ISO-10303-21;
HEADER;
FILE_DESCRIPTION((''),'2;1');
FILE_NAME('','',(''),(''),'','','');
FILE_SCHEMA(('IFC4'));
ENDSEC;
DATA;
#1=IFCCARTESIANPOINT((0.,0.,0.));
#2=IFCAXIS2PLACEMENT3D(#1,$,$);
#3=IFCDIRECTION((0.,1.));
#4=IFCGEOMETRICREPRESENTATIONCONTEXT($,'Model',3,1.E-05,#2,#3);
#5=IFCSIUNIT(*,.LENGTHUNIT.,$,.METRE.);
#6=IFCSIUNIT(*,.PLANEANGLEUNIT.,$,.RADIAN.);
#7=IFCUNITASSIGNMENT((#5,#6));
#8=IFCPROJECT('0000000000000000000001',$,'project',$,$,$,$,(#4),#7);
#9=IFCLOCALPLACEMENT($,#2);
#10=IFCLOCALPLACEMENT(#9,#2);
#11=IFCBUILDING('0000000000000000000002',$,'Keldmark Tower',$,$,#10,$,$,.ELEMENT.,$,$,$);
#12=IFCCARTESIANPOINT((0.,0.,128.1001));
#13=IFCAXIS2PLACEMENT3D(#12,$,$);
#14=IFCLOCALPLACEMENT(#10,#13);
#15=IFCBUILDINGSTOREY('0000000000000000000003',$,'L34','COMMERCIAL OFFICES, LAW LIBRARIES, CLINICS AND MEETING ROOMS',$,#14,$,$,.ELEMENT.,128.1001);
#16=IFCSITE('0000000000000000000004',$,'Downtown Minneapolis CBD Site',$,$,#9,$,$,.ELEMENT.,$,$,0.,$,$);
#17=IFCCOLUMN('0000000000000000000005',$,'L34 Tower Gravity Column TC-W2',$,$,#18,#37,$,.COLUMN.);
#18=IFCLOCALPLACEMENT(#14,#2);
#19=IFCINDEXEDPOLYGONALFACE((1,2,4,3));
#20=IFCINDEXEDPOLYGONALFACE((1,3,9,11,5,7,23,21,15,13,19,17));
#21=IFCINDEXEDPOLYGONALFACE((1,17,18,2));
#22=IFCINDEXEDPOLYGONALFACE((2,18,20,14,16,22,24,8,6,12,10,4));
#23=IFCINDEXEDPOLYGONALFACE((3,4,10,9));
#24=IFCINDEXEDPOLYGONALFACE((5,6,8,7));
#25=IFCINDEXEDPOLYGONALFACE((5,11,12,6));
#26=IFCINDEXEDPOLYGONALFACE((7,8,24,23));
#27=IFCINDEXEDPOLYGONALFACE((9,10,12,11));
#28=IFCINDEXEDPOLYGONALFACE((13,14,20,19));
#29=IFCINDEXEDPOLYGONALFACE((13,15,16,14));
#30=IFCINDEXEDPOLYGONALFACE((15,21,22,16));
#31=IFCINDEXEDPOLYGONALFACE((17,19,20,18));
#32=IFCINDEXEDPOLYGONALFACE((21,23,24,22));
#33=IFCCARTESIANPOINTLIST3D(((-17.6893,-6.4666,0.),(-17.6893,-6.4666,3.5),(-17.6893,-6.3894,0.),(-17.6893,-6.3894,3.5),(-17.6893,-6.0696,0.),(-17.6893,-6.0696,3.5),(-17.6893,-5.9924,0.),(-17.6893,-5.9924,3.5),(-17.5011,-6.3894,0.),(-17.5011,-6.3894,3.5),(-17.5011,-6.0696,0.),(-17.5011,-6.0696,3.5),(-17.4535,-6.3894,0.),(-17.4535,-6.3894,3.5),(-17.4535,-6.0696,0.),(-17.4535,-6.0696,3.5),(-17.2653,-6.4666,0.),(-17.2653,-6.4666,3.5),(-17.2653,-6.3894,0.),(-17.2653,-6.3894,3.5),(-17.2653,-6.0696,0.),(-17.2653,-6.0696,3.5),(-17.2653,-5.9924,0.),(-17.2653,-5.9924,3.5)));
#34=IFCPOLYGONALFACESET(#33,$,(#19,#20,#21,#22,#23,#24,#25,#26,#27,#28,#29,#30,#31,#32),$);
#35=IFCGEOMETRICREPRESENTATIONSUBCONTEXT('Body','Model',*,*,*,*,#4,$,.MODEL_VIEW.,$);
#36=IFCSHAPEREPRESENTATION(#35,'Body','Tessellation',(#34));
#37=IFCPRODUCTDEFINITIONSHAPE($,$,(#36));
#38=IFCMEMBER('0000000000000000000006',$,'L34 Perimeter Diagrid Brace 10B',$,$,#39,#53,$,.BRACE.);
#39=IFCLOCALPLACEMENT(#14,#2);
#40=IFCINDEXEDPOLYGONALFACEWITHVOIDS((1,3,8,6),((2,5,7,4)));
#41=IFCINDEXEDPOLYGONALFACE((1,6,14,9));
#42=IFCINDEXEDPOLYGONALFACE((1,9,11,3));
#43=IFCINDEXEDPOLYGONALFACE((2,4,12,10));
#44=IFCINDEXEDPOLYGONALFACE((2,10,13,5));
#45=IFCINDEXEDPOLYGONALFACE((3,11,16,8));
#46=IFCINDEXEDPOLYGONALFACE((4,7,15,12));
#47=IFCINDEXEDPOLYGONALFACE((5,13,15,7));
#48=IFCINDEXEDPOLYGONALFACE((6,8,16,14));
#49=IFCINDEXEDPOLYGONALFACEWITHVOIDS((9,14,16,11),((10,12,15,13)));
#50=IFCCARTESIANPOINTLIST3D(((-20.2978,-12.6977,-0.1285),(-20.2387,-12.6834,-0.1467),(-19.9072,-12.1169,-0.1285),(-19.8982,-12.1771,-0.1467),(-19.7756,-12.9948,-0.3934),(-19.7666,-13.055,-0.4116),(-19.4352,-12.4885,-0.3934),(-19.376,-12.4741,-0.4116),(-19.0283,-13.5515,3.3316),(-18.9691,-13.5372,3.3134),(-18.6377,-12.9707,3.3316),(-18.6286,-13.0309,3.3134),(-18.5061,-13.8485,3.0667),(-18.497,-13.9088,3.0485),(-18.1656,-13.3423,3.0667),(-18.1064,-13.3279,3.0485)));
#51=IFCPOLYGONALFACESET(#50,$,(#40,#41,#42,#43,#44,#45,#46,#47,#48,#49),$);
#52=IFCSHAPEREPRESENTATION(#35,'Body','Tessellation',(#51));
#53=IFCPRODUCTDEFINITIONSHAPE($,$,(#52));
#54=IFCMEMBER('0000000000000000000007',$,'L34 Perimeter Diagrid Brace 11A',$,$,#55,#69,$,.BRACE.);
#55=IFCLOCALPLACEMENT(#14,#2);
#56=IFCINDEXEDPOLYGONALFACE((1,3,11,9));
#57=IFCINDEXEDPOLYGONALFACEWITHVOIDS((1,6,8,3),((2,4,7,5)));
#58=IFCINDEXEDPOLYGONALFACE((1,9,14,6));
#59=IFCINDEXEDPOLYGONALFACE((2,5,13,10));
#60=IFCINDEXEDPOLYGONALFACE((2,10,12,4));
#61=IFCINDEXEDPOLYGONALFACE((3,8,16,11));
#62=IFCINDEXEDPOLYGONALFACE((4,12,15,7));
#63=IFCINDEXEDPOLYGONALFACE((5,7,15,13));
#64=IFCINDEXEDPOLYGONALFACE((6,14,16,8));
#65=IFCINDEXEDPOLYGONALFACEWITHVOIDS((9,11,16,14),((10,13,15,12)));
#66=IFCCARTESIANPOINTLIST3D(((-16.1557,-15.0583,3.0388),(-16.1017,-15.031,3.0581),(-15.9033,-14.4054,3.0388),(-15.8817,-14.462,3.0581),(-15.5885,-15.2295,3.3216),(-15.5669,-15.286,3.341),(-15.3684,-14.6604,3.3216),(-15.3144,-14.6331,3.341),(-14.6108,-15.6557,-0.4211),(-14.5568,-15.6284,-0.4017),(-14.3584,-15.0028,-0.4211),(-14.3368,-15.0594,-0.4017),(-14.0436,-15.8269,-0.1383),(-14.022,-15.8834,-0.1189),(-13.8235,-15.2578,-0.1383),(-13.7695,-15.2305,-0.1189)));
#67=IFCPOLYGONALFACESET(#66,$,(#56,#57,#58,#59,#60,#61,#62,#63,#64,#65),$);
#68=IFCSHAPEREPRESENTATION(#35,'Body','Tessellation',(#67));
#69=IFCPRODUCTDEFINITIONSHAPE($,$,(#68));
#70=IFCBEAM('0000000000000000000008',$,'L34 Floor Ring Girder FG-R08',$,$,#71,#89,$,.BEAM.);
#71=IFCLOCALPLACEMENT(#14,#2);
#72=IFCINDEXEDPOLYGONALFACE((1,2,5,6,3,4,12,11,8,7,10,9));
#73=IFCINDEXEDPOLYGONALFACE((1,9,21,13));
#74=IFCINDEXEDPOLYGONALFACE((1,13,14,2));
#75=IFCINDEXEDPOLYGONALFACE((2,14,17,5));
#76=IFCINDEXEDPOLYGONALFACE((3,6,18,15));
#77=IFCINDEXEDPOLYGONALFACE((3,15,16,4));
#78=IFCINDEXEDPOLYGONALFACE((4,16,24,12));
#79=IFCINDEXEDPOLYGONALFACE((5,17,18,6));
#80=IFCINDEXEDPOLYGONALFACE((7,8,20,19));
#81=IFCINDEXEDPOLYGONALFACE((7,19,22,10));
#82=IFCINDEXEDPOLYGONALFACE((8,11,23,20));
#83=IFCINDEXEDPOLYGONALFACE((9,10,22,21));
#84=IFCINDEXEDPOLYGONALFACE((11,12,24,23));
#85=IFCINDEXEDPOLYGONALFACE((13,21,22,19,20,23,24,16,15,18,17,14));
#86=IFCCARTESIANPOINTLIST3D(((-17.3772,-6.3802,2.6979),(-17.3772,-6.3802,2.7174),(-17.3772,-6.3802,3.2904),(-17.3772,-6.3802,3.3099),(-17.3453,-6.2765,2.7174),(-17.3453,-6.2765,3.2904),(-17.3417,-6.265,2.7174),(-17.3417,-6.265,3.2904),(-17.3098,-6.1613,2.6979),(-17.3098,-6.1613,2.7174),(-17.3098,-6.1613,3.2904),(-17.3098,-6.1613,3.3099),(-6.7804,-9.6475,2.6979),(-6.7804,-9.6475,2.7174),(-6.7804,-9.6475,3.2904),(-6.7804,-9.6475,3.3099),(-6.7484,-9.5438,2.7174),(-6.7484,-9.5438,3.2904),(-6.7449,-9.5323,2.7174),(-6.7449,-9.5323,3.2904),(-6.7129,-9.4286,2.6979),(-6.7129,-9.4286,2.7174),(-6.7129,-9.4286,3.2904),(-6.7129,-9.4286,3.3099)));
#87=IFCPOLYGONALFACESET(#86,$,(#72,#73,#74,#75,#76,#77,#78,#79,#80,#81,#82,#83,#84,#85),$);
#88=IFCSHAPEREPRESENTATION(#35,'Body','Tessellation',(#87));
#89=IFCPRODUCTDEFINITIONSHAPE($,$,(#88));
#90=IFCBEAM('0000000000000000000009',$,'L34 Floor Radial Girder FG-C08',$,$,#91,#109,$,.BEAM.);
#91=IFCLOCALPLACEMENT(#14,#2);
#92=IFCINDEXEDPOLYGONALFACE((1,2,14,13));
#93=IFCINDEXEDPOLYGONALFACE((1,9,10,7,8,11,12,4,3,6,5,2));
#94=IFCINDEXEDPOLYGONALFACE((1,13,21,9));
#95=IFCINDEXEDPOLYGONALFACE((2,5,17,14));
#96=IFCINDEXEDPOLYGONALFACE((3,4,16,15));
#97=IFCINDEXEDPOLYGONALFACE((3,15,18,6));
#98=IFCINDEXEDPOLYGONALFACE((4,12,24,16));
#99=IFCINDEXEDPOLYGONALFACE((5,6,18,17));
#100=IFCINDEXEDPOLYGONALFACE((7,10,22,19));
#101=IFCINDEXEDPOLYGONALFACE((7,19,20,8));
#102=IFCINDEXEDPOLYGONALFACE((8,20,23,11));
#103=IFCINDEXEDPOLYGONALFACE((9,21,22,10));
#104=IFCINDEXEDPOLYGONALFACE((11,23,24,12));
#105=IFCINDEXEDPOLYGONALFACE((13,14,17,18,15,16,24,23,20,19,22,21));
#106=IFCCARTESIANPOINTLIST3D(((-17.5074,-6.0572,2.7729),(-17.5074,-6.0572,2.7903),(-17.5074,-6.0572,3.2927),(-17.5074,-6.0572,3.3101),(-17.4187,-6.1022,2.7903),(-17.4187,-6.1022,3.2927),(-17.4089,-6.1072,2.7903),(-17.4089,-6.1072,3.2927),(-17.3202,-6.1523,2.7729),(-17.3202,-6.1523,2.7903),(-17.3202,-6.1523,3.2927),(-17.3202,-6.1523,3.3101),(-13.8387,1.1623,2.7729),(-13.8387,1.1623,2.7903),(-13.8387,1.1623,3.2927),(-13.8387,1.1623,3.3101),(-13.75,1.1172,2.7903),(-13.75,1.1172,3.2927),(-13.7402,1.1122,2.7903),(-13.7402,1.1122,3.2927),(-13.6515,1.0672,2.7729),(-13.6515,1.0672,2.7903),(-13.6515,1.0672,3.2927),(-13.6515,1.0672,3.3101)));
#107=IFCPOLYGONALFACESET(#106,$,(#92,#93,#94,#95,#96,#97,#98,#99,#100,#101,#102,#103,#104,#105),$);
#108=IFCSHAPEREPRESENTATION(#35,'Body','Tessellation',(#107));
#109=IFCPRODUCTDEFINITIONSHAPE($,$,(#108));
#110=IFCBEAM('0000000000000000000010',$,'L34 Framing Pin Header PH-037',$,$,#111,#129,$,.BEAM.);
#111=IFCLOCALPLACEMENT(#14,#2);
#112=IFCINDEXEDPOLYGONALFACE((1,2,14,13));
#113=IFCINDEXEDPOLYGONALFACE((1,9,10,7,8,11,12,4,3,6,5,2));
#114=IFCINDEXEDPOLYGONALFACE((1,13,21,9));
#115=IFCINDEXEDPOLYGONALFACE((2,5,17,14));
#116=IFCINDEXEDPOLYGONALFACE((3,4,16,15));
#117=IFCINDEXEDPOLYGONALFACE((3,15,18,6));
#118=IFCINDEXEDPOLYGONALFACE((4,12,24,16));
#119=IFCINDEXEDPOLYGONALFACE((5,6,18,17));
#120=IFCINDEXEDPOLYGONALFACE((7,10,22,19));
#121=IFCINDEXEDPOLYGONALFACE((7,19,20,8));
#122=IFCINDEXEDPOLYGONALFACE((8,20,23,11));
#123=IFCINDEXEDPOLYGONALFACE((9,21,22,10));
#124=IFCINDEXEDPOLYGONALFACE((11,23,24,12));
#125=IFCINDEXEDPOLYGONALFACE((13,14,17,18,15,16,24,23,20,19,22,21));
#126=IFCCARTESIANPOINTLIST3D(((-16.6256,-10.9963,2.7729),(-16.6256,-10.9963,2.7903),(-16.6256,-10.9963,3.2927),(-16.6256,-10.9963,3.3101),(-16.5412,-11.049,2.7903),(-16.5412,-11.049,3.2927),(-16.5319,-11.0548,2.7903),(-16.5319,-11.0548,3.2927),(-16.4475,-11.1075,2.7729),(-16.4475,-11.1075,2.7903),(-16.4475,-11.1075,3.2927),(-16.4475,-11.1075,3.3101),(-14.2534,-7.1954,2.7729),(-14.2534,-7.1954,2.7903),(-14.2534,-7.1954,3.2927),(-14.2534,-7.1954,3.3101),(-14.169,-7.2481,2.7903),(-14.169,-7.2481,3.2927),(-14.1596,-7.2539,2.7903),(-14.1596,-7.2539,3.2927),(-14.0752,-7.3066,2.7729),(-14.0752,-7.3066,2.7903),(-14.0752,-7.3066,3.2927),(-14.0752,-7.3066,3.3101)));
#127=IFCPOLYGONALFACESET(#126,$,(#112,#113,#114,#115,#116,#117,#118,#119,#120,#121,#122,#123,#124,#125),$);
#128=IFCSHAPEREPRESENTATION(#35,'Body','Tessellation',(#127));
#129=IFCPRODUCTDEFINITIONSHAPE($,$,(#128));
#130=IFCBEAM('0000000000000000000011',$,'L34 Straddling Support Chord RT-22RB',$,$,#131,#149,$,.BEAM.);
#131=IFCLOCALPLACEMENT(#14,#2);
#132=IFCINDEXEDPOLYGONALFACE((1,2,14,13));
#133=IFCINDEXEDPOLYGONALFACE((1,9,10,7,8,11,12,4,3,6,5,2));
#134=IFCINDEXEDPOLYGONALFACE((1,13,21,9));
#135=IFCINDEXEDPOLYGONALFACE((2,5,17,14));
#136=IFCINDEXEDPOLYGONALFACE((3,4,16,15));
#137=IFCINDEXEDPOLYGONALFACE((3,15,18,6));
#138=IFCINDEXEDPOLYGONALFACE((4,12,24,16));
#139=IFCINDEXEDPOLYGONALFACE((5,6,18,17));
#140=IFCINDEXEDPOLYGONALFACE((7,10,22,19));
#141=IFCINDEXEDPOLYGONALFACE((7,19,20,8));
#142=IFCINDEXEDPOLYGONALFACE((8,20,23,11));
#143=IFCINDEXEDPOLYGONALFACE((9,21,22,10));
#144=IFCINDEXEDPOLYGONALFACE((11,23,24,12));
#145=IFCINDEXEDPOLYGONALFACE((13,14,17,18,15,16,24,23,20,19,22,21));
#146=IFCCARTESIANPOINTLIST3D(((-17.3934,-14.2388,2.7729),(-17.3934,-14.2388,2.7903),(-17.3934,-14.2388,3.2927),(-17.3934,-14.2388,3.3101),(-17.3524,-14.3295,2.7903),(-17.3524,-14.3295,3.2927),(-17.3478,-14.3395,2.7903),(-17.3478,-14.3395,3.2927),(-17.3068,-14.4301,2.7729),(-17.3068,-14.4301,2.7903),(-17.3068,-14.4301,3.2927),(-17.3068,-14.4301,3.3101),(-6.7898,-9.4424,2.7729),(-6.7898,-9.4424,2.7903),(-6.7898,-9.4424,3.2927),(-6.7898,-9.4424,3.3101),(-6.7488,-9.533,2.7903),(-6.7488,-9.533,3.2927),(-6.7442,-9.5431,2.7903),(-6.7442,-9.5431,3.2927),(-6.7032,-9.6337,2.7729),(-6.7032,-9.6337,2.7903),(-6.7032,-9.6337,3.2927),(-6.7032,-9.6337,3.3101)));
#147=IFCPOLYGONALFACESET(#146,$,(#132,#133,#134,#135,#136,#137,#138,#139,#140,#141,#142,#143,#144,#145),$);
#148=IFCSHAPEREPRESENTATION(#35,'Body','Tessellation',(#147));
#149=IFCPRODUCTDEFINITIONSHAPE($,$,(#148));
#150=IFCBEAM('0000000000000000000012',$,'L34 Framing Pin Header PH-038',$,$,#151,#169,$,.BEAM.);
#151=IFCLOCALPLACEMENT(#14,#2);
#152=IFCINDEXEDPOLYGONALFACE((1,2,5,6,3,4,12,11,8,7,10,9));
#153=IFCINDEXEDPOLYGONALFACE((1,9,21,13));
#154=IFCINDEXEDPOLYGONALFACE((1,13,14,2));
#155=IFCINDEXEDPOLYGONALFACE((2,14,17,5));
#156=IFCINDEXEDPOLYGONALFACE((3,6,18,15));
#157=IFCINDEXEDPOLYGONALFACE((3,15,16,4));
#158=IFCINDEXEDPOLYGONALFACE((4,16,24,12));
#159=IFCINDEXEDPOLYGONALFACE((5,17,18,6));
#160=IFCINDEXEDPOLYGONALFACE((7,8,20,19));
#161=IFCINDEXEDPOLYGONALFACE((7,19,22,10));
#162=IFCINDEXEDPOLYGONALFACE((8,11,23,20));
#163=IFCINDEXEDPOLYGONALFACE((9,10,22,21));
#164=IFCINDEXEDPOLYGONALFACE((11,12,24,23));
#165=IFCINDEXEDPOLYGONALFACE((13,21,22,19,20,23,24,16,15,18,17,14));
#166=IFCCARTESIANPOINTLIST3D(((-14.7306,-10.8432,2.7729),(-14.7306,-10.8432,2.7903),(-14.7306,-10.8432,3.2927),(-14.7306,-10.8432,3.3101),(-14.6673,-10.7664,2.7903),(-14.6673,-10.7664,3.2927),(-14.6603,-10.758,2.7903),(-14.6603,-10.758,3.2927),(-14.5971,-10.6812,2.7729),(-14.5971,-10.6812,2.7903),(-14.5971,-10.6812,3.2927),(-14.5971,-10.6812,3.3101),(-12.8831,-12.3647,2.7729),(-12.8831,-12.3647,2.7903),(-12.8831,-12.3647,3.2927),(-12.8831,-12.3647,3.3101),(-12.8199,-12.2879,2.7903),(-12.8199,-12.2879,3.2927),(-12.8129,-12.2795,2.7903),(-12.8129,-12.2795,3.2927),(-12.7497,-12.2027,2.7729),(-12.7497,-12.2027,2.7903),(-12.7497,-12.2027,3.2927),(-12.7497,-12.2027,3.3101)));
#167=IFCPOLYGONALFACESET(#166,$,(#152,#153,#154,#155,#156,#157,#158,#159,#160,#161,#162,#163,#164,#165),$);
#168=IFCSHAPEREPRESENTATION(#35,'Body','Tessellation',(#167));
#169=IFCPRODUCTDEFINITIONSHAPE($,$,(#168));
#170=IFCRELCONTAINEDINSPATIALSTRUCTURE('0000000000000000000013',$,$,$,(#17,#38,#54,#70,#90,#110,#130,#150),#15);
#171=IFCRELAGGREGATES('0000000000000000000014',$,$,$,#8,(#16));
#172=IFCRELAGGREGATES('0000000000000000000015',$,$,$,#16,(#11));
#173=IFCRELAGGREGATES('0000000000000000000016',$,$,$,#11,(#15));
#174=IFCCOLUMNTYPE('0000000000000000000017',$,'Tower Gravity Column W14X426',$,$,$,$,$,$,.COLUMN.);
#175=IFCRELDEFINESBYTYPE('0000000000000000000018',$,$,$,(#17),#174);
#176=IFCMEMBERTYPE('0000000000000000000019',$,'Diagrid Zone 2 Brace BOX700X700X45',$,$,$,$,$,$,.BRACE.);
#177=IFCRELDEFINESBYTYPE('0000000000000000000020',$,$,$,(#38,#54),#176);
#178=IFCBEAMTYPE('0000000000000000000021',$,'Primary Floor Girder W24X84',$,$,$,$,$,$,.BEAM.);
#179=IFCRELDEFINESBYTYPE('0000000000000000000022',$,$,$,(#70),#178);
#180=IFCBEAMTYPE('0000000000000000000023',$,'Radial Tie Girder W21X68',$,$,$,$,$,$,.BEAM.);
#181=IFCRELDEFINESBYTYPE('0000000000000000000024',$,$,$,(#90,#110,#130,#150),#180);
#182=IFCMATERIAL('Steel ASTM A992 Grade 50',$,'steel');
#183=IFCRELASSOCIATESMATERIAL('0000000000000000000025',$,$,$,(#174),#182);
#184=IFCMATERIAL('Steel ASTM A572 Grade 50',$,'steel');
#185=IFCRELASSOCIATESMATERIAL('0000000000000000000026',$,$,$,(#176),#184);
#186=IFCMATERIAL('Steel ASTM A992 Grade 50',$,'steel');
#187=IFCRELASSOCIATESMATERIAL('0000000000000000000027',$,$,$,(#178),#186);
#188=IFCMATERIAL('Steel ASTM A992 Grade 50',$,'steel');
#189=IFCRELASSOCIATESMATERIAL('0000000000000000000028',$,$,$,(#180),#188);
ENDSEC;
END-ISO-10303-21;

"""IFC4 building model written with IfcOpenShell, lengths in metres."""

from ifc_helpers import new_model, si_unit, direction, frame, origin, origin_2d, place, context, subcontext, project, spatial, hollow_rectangle, i_section, extrude, material, material_profile, profile_set, type_object, element, save


model = new_model("IFC4")

# Units and contexts
model_context = context("Model", 3, precision=1e-05, world=origin(), true_north=direction((0.0, 1.0)))
body_context = subcontext(model_context, "Body", "Model", "MODEL_VIEW")
ifc_project = project(units=[si_unit("LENGTHUNIT", "METRE"), si_unit("PLANEANGLEUNIT", "RADIAN")], contexts=[model_context])

# Site, building, storey
site_placement = place(None, origin())
site = spatial("IfcSite", under=ifc_project, at=site_placement, Name="Downtown Minneapolis CBD Site", CompositionType="ELEMENT", RefElevation=0.0)
building_placement = place(site_placement, origin())
building = spatial("IfcBuilding", under=site, at=building_placement, Name="Keldmark Tower", CompositionType="ELEMENT")
storey_placement = place(building_placement, frame((0.0, 0.0, 128.1001)))
storey = spatial("IfcBuildingStorey", under=building, at=storey_placement, Name="L34", Description="COMMERCIAL OFFICES, LAW LIBRARIES, CLINICS AND MEETING ROOMS", CompositionType="ELEMENT", Elevation=128.1001)

# Column
ifc_material_1 = material(Name="Steel ASTM A992 Grade 50", Category="steel")
ifc_material_profile_1 = material_profile(ifc_material_1, i_section(OverallWidth=0.4241, OverallDepth=0.4741, WebThickness=0.0476, FlangeThickness=0.0771, at=origin_2d()), Name="W14X426")
ifc_profile_set_1 = profile_set([ifc_material_profile_1], Name="Steel ASTM A992 Grade 50")
column_type = type_object("IfcColumnType", Name="Tower Gravity Column W14X426", PredefinedType="COLUMN", material=ifc_profile_set_1)
column_placement = place(storey_placement, frame((-17.4773, -6.2295, 0.0), z_axis=(0.0, 0.0, 1.0), x_axis=(1.0, 0.0, 0.0)))
element("IfcColumn", 1, at=column_placement, inside=storey, type_object=column_type, Name="L34 Tower Gravity Column TC-W2", PredefinedType="COLUMN", context=body_context, shape_type="SweptSolid", body=[
    extrude(i_section(OverallWidth=0.4241, OverallDepth=0.4741, WebThickness=0.0476, FlangeThickness=0.0771, at=origin_2d()), origin(), (0.0, 0.0, 1.0), 3.5),
])

# Members
ifc_material_2 = material(Name="Steel ASTM A572 Grade 50", Category="steel")
ifc_material_profile_2 = material_profile(ifc_material_2, hollow_rectangle(XDim=0.7, YDim=0.7, WallThickness=0.0449, at=origin_2d()), Name="BOX700X700X45")
ifc_profile_set_2 = profile_set([ifc_material_profile_2], Name="Steel ASTM A572 Grade 50")
member_type = type_object("IfcMemberType", Name="Diagrid Zone 2 Brace BOX700X700X45", PredefinedType="BRACE", material=ifc_profile_set_2)
member_1_placement = place(storey_placement, frame((-19.8369, -12.5859, -0.27), z_axis=(0.335578, -0.225677, 0.91458), x_axis=(0.558047, 0.829809, 0.0)))
element("IfcMember", 2, at=member_1_placement, inside=storey, type_object=member_type, Name="L34 Perimeter Diagrid Brace 10B", PredefinedType="BRACE", context=body_context, shape_type="SweptSolid", body=[
    extrude(hollow_rectangle(XDim=0.7, YDim=0.7, WallThickness=0.0449, at=origin_2d()), origin(), (0.0, 0.0, 1.0), 3.7832),
])
member_2_placement = place(storey_placement, frame((-14.1902, -15.4431, -0.27), z_axis=(-0.402741, 0.155738, 0.901967), x_axis=(-0.360667, -0.932694, 0.0)))
element("IfcMember", 3, at=member_2_placement, inside=storey, type_object=member_type, Name="L34 Perimeter Diagrid Brace 11A", PredefinedType="BRACE", context=body_context, shape_type="SweptSolid", body=[
    extrude(hollow_rectangle(XDim=0.7, YDim=0.7, WallThickness=0.0449, at=origin_2d()), origin(), (0.0, 0.0, 1.0), 3.8359),
])

# Beams
ifc_material_3 = material(Name="Steel ASTM A992 Grade 50", Category="steel")
ifc_material_profile_3 = material_profile(ifc_material_3, i_section(OverallWidth=0.229, OverallDepth=0.6121, WebThickness=0.012, FlangeThickness=0.0195, at=origin_2d()), Name="W24X84")
ifc_profile_set_3 = profile_set([ifc_material_profile_3], Name="Steel ASTM A992 Grade 50")
beam_type_1 = type_object("IfcBeamType", Name="Primary Floor Girder W24X84", PredefinedType="BEAM", material=ifc_profile_set_3)
beam_1_placement = place(storey_placement, frame((-17.3435, -6.2708, 3.0039), z_axis=(0.955608, -0.294641, 0.0), x_axis=(0.294641, 0.955608, 0.0)))
element("IfcBeam", 4, at=beam_1_placement, inside=storey, type_object=beam_type_1, Name="L34 Floor Ring Girder FG-R08", PredefinedType="BEAM", context=body_context, shape_type="SweptSolid", body=[
    extrude(i_section(OverallWidth=0.229, OverallDepth=0.6121, WebThickness=0.012, FlangeThickness=0.0195, at=origin_2d()), origin(), (0.0, 0.0, 1.0), 11.0891),
])
ifc_material_4 = material(Name="Steel ASTM A992 Grade 50", Category="steel")
ifc_material_profile_4 = material_profile(ifc_material_4, i_section(OverallWidth=0.21, OverallDepth=0.5371, WebThickness=0.011, FlangeThickness=0.0173, at=origin_2d()), Name="W21X68")
ifc_profile_set_4 = profile_set([ifc_material_profile_4], Name="Steel ASTM A992 Grade 50")
beam_type_2 = type_object("IfcBeamType", Name="Radial Tie Girder W21X68", PredefinedType="BEAM", material=ifc_profile_set_4)
beam_2_placement = place(storey_placement, frame((-17.4138, -6.1047, 3.0415), z_axis=(0.453029, 0.891496, 0.0), x_axis=(-0.891496, 0.453029, 0.0)))
element("IfcBeam", 5, at=beam_2_placement, inside=storey, type_object=beam_type_2, Name="L34 Floor Radial Girder FG-C08", PredefinedType="BEAM", context=body_context, shape_type="SweptSolid", body=[
    extrude(i_section(OverallWidth=0.21, OverallDepth=0.5371, WebThickness=0.011, FlangeThickness=0.0173, at=origin_2d()), origin(), (0.0, 0.0, 1.0), 8.0981),
])
beam_3_placement = place(storey_placement, frame((-14.1643, -7.251, 3.0415), z_axis=(-0.529465, -0.848332, 0.0), x_axis=(0.848332, -0.529465, 0.0)))
element("IfcBeam", 6, at=beam_3_placement, inside=storey, type_object=beam_type_2, Name="L34 Framing Pin Header PH-037", PredefinedType="BEAM", context=body_context, shape_type="SweptSolid", body=[
    extrude(i_section(OverallWidth=0.21, OverallDepth=0.5371, WebThickness=0.011, FlangeThickness=0.0173, at=origin_2d()), origin(), (0.0, 0.0, 1.0), 4.4805),
])
beam_4_placement = place(storey_placement, frame((-17.3501, -14.3345, 3.0415), z_axis=(0.911122, 0.412136, 0.0), x_axis=(-0.412136, 0.911122, 0.0)))
element("IfcBeam", 7, at=beam_4_placement, inside=storey, type_object=beam_type_2, Name="L34 Straddling Support Chord RT-22RB", PredefinedType="BEAM", context=body_context, shape_type="SweptSolid", body=[
    extrude(i_section(OverallWidth=0.21, OverallDepth=0.5371, WebThickness=0.011, FlangeThickness=0.0173, at=origin_2d()), origin(), (0.0, 0.0, 1.0), 11.6379),
])
beam_5_placement = place(storey_placement, frame((-14.6638, -10.7622, 3.0415), z_axis=(0.771913, -0.635729, 0.0), x_axis=(0.635729, 0.771913, 0.0)))
element("IfcBeam", 8, at=beam_5_placement, inside=storey, type_object=beam_type_2, Name="L34 Framing Pin Header PH-038", PredefinedType="BEAM", context=body_context, shape_type="SweptSolid", body=[
    extrude(i_section(OverallWidth=0.21, OverallDepth=0.5371, WebThickness=0.011, FlangeThickness=0.0173, at=origin_2d()), origin(), (0.0, 0.0, 1.0), 2.3933),
])

save(model, "model.ifc")
